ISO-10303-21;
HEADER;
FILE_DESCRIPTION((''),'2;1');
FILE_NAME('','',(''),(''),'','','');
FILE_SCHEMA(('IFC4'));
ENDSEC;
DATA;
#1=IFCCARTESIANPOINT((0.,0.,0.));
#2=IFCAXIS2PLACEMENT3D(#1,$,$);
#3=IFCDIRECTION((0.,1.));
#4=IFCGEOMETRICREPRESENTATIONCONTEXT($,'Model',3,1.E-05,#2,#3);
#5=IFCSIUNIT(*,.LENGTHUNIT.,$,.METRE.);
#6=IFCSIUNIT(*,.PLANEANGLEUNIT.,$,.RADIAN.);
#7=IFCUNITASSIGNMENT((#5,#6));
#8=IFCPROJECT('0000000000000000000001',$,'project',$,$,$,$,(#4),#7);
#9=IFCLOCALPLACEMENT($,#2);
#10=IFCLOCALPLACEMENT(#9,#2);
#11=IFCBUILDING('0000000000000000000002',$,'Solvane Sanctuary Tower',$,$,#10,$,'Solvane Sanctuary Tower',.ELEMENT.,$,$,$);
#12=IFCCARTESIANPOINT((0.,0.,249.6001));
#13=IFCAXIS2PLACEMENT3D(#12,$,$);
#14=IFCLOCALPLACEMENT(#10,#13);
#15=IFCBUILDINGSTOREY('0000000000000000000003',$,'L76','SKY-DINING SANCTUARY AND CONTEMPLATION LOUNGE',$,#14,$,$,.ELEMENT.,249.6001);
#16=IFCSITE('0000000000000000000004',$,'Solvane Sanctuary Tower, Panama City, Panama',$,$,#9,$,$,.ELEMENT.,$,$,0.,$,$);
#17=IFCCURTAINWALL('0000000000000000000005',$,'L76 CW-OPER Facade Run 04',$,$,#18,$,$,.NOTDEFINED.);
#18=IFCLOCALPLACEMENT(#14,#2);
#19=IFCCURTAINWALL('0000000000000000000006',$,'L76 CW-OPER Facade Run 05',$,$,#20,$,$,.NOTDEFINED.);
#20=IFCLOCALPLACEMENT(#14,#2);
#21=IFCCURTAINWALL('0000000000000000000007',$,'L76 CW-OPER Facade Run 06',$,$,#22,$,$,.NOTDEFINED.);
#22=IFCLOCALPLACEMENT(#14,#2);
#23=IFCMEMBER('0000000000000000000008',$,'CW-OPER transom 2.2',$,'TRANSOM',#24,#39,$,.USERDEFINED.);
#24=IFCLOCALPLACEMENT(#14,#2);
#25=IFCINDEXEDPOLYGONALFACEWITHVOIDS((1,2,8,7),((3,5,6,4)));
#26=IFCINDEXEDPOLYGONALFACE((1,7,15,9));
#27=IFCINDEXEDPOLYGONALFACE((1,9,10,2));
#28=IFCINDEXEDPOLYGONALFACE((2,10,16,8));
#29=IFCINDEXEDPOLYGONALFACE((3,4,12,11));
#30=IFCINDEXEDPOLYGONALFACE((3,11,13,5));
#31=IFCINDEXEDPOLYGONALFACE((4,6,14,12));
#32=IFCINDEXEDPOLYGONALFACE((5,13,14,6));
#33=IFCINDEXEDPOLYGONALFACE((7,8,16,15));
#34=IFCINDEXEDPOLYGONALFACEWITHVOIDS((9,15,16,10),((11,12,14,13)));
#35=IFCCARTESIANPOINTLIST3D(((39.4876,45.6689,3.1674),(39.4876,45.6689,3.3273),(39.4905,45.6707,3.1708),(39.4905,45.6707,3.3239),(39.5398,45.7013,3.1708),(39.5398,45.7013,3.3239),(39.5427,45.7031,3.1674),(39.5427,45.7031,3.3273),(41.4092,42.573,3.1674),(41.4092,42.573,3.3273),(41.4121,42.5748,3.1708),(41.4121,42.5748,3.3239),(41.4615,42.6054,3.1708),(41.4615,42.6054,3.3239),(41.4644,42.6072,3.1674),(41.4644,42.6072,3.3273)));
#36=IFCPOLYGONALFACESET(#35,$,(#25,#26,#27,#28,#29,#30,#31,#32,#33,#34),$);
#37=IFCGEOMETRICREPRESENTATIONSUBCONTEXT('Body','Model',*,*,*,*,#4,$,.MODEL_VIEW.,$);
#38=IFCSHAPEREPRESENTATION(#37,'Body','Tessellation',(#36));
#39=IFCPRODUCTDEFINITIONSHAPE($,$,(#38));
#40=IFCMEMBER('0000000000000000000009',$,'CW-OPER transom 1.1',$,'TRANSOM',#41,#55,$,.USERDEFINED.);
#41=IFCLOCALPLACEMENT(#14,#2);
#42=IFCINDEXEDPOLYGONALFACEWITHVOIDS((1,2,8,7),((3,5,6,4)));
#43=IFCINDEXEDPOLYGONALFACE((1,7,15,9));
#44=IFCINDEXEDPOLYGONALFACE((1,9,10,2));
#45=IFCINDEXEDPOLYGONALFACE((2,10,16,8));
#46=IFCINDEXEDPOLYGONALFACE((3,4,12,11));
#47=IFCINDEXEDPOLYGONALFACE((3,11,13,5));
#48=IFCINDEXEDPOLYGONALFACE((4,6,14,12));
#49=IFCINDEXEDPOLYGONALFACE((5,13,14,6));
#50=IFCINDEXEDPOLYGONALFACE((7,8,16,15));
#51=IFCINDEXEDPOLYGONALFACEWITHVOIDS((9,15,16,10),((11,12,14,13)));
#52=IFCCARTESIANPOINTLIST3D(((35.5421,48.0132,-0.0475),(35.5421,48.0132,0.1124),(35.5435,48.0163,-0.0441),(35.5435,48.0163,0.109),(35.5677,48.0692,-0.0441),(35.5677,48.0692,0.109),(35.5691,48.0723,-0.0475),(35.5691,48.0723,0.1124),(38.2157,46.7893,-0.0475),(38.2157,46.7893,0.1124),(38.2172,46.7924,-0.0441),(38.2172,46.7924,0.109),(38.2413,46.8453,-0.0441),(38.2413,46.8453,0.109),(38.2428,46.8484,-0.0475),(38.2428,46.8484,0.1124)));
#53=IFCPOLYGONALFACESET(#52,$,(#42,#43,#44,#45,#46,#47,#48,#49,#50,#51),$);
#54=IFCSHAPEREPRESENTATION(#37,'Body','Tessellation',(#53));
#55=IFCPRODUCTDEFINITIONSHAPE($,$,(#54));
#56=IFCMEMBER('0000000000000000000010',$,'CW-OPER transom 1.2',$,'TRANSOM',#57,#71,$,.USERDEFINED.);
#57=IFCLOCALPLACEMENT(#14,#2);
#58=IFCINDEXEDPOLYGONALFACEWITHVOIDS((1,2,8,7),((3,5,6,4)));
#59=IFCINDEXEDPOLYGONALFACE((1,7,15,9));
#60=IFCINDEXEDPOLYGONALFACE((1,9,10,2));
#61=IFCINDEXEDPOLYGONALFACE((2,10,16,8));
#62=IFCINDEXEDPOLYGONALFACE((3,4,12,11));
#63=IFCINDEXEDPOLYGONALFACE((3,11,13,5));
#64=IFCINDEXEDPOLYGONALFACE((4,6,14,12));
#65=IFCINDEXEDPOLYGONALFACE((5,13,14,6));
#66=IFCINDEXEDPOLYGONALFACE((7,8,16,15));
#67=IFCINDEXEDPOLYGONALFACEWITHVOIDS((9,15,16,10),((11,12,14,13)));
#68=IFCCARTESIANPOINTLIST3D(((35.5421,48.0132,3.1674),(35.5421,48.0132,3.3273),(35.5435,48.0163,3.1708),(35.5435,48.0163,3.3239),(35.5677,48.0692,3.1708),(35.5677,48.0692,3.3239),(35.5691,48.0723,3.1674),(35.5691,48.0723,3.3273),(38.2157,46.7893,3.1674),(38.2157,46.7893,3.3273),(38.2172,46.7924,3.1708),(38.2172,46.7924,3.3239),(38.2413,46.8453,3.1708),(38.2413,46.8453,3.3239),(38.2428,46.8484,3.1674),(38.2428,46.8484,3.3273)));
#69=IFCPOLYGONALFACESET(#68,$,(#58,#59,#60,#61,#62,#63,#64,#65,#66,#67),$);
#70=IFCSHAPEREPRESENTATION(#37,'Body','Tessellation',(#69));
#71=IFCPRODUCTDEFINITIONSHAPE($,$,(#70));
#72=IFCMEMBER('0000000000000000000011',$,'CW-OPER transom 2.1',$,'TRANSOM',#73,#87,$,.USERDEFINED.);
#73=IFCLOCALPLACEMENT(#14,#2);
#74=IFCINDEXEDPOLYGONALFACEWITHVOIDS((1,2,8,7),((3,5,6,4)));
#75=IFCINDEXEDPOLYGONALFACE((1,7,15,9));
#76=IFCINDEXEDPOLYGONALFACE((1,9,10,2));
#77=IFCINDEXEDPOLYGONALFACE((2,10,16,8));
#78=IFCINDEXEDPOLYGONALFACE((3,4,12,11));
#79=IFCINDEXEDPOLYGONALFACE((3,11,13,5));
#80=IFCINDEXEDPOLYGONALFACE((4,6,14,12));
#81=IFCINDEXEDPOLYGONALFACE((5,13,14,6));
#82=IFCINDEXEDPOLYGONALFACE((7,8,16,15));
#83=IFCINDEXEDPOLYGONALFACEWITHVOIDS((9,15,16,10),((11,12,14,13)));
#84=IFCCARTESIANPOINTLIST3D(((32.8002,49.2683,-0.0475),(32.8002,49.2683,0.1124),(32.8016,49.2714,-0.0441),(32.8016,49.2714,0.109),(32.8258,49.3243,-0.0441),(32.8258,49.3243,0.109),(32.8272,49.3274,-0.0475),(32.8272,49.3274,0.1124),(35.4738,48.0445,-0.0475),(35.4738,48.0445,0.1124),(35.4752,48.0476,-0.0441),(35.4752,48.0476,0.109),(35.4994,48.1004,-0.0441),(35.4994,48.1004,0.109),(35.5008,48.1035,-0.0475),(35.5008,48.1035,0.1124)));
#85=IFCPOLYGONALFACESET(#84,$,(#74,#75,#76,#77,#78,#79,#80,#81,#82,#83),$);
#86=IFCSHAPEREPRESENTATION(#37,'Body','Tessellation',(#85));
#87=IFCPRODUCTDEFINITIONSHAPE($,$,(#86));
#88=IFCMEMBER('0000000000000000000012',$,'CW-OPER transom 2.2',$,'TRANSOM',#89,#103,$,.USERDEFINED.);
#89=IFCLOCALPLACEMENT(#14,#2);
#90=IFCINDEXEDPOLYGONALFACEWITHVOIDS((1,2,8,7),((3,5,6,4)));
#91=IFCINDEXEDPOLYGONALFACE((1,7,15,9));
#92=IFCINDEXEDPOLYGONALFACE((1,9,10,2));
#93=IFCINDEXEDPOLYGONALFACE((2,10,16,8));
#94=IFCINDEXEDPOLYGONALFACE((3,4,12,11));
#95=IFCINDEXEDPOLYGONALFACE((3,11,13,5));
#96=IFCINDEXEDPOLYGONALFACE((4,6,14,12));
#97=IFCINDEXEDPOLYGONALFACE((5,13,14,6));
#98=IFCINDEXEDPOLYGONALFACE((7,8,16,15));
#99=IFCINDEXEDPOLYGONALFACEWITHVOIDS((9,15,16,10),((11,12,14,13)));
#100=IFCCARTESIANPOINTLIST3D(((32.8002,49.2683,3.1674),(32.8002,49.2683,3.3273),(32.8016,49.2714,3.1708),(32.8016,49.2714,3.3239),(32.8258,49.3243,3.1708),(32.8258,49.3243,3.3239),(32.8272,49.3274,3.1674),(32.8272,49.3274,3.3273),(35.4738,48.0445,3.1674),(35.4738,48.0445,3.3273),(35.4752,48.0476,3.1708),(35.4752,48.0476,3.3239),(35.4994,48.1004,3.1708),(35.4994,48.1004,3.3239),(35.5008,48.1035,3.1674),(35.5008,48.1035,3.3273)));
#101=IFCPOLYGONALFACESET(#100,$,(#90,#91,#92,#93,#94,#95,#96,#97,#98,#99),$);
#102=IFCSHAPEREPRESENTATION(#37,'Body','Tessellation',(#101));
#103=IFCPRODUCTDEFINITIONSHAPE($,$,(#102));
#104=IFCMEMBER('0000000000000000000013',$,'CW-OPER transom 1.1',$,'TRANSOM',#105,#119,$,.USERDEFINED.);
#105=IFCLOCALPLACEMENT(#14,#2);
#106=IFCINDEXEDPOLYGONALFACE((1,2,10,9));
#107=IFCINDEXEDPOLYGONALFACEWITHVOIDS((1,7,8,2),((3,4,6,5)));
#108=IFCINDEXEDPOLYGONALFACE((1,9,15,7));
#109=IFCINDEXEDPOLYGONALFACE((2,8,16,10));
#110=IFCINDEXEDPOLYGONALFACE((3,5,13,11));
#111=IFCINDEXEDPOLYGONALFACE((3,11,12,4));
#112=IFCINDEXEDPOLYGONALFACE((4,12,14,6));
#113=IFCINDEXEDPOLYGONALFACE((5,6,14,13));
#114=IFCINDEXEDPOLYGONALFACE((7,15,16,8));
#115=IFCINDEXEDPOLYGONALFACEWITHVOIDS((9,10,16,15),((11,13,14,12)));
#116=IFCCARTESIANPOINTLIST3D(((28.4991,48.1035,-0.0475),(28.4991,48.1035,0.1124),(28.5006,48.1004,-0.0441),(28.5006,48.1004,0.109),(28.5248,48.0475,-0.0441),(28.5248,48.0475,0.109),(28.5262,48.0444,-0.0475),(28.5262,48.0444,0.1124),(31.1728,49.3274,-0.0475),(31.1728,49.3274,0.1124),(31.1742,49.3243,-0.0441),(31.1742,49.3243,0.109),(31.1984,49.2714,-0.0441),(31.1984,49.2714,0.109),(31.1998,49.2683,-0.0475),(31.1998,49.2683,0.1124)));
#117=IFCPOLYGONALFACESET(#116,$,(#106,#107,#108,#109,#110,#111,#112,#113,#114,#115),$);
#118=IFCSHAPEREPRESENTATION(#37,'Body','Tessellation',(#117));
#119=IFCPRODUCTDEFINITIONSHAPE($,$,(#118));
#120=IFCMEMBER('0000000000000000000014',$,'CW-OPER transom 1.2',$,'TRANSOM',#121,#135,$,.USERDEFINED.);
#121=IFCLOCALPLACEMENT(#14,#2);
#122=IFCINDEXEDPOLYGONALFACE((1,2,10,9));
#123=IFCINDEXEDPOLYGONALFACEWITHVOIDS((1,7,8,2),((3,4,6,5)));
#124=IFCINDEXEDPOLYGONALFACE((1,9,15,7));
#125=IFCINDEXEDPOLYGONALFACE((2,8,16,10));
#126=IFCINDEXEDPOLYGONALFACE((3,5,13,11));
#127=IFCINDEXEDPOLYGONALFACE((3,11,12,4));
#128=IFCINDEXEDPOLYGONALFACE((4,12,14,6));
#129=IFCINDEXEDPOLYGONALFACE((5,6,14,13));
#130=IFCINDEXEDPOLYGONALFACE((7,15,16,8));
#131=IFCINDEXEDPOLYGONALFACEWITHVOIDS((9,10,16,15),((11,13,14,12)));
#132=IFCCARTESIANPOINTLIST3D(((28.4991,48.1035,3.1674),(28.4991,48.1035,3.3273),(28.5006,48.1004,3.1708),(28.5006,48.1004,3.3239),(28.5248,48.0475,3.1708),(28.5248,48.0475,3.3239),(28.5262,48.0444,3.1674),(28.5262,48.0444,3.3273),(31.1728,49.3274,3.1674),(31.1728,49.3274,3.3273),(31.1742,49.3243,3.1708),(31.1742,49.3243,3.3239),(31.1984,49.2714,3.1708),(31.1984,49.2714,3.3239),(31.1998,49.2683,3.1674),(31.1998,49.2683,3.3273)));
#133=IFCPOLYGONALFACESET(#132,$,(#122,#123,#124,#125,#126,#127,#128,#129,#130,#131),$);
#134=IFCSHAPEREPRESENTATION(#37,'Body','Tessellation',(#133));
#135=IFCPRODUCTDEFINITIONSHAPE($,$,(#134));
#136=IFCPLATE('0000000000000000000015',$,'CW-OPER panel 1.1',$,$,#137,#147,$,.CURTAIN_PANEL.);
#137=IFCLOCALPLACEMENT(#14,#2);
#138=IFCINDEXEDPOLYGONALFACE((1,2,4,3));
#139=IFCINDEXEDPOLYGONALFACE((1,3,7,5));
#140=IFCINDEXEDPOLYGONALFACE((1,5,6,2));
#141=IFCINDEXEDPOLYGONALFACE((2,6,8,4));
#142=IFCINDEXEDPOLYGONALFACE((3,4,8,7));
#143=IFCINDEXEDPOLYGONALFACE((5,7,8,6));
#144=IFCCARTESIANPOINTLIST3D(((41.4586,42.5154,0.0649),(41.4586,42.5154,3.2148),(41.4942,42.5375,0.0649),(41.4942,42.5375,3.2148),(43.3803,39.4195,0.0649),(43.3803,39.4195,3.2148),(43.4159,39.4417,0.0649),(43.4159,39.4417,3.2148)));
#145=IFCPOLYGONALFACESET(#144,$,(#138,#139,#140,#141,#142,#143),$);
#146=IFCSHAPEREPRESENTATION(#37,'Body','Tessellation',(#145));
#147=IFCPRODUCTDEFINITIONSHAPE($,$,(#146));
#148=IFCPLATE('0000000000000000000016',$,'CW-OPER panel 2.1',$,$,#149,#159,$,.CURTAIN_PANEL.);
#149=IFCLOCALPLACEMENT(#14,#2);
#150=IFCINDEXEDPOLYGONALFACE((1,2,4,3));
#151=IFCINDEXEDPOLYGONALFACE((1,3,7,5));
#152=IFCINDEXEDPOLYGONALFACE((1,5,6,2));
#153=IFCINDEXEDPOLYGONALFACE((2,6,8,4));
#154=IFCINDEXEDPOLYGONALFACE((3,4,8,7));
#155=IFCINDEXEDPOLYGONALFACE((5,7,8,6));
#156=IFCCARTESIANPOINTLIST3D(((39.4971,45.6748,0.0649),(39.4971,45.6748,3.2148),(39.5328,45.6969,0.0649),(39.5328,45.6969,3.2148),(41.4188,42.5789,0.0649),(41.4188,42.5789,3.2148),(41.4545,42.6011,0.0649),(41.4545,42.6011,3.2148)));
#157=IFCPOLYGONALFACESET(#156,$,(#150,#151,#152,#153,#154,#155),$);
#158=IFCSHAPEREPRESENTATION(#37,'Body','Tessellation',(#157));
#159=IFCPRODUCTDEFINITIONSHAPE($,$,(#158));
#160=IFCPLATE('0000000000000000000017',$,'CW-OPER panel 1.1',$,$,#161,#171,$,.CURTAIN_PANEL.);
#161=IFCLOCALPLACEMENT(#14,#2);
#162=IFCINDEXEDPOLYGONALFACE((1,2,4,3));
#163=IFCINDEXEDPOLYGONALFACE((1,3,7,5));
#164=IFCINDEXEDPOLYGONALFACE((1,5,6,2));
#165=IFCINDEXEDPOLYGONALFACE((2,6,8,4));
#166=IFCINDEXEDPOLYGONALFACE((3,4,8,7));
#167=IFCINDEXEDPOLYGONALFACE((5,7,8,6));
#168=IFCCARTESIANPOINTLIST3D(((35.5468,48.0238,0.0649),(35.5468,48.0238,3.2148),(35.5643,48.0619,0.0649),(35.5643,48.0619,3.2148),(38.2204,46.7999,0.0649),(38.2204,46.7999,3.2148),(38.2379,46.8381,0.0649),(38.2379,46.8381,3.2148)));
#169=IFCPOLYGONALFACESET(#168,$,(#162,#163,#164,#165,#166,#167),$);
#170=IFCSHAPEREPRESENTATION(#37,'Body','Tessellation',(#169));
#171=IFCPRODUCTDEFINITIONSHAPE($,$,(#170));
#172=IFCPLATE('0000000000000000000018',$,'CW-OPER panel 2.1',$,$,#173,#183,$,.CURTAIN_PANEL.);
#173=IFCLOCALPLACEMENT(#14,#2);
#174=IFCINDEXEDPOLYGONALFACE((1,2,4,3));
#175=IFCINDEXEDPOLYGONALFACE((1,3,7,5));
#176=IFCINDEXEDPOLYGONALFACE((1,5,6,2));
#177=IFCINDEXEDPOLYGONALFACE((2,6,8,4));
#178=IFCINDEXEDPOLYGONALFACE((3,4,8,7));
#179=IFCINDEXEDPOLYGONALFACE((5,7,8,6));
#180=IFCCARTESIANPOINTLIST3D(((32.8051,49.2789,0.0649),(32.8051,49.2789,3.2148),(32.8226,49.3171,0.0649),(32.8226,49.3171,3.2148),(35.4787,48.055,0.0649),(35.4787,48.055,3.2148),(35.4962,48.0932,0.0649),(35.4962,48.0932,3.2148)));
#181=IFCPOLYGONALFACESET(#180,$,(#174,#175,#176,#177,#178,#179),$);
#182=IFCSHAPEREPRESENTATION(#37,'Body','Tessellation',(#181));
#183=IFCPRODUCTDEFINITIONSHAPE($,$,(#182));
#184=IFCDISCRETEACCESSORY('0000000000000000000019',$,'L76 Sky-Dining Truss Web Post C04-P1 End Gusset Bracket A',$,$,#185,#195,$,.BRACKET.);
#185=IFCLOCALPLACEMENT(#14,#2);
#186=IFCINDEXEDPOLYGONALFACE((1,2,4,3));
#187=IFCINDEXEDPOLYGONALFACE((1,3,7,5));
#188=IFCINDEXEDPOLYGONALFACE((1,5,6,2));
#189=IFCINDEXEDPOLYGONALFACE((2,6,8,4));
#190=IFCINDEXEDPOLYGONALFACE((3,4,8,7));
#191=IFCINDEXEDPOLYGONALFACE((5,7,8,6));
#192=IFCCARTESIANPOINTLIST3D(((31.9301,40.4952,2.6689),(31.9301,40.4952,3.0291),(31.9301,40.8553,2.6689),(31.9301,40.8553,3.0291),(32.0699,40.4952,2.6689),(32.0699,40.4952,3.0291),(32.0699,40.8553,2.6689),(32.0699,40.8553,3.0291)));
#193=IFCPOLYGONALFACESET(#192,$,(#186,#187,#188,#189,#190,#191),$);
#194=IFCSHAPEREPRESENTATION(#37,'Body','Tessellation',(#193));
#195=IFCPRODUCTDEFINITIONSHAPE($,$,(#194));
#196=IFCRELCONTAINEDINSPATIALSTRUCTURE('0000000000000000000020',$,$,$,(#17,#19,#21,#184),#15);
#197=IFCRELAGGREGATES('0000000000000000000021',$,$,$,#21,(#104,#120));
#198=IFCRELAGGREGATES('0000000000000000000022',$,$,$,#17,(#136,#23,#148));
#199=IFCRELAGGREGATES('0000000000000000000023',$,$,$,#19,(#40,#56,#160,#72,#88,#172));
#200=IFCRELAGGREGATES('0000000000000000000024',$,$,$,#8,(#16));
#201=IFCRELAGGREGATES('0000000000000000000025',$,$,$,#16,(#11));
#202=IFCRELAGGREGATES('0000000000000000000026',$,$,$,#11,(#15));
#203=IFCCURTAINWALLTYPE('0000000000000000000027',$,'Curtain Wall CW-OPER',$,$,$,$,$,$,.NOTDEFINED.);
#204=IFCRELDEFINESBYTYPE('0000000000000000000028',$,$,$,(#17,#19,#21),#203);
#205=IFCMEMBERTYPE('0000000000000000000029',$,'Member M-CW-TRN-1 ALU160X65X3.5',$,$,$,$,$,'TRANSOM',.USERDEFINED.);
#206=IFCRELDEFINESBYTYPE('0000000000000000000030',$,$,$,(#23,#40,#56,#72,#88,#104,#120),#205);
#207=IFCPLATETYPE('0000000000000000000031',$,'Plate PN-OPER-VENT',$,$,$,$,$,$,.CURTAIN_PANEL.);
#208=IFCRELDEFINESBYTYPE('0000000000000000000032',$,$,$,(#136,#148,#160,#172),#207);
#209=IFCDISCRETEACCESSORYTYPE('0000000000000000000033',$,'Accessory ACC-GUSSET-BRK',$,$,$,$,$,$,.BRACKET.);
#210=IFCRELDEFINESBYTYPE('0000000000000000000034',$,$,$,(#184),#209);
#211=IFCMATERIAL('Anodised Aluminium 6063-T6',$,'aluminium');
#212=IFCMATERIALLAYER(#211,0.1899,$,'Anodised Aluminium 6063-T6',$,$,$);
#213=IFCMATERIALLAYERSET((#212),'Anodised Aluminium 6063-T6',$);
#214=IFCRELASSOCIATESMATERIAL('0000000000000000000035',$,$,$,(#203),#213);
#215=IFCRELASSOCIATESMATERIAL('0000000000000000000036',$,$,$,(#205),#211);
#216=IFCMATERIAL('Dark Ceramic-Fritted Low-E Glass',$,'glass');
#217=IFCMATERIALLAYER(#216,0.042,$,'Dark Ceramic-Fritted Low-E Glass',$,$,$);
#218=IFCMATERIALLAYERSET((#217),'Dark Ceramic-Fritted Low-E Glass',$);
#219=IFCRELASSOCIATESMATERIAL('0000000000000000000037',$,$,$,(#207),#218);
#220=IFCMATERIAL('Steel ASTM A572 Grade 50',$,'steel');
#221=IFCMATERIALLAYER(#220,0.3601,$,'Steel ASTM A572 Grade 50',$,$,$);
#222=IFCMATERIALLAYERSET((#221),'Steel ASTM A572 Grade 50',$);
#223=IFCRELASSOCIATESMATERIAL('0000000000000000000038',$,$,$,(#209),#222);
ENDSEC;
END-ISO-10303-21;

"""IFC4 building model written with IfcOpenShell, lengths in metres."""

from ifc_helpers import new_model, si_unit, direction, frame, origin, origin_2d, place, context, subcontext, project, spatial, rectangle, hollow_rectangle, extrude, material, layer, layer_set, material_profile, profile_set, type_object, element, aggregate, save


model = new_model("IFC4")

# Units and contexts
model_context = context("Model", 3, precision=1e-05, world=origin(), true_north=direction((0.0, 1.0)))
body_context = subcontext(model_context, "Body", "Model", "MODEL_VIEW")
ifc_project = project(units=[si_unit("LENGTHUNIT", "METRE"), si_unit("PLANEANGLEUNIT", "RADIAN")], contexts=[model_context])

# Site, building, storey
site_placement = place(None, origin())
site = spatial("IfcSite", under=ifc_project, at=site_placement, Name="Solvane Sanctuary Tower, Panama City, Panama", CompositionType="ELEMENT", RefElevation=0.0)
building_placement = place(site_placement, origin())
building = spatial("IfcBuilding", under=site, at=building_placement, Name="Solvane Sanctuary Tower", LongName="Solvane Sanctuary Tower", CompositionType="ELEMENT")
storey_placement = place(building_placement, frame((0.0, 0.0, 249.6001)))
storey = spatial("IfcBuildingStorey", under=building, at=storey_placement, Name="L76", Description="SKY-DINING SANCTUARY AND CONTEMPLATION LOUNGE", CompositionType="ELEMENT", Elevation=249.6001)

# Curtain walls
ifc_material_1 = material(Name="Anodised Aluminium 6063-T6", Category="aluminium")
ifc_layer_1 = layer(ifc_material_1, 0.1899, Name="Anodised Aluminium 6063-T6")
ifc_layer_set_1 = layer_set([ifc_layer_1], Name="Anodised Aluminium 6063-T6")
curtain_wall_type = type_object("IfcCurtainWallType", Name="Curtain Wall CW-OPER", PredefinedType="NOTDEFINED", material=ifc_layer_set_1)
curtain_wall_1_placement = place(storey_placement, origin())
curtain_wall_1 = element("IfcCurtainWall", 1, at=curtain_wall_1_placement, inside=storey, type_object=curtain_wall_type, Name="L76 CW-OPER Facade Run 04", PredefinedType="NOTDEFINED")
curtain_wall_2_placement = place(storey_placement, origin())
curtain_wall_2 = element("IfcCurtainWall", 2, at=curtain_wall_2_placement, inside=storey, type_object=curtain_wall_type, Name="L76 CW-OPER Facade Run 05", PredefinedType="NOTDEFINED")

# Curtain wall
curtain_wall_3_placement = place(storey_placement, origin())
curtain_wall_3 = element("IfcCurtainWall", 3, at=curtain_wall_3_placement, inside=storey, type_object=curtain_wall_type, Name="L76 CW-OPER Facade Run 06", PredefinedType="NOTDEFINED")

# Members
ifc_material_profile_1 = material_profile(ifc_material_1, hollow_rectangle(XDim=0.0649, YDim=0.1599, WallThickness=0.0034, at=origin_2d()), Name="ALU160X65X3.5")
ifc_profile_set_1 = profile_set([ifc_material_profile_1], Name="Anodised Aluminium 6063-T6")
member_type_1 = type_object("IfcMemberType", Name="Member M-CW-TRN-1 ALU160X65X3.5", ElementType="TRANSOM", PredefinedType="USERDEFINED", material=ifc_profile_set_1)
member_1_placement = place(storey_placement, frame((41.4368, 42.5901, 3.2473), z_axis=(-0.527365, 0.849639, 0.0), x_axis=(-0.849639, -0.527365, 0.0)))
member_1 = element("IfcMember", 4, at=member_1_placement, type_object=member_type_1, Name="CW-OPER transom 2.2", ObjectType="TRANSOM", PredefinedType="USERDEFINED", context=body_context, shape_type="SweptSolid", body=[
    extrude(hollow_rectangle(XDim=0.0649, YDim=0.1599, WallThickness=0.0034, at=origin_2d()), origin(), (0.0, 0.0, 1.0), 3.6438),
])
member_2_placement = place(storey_placement, frame((38.2292, 46.8188, 0.0325), z_axis=(-0.90926, 0.416229, 0.0), x_axis=(-0.416229, -0.90926, 0.0)))
member_2 = element("IfcMember", 5, at=member_2_placement, type_object=member_type_1, Name="CW-OPER transom 1.1", ObjectType="TRANSOM", PredefinedType="USERDEFINED", context=body_context, shape_type="SweptSolid", body=[
    extrude(hollow_rectangle(XDim=0.0649, YDim=0.1599, WallThickness=0.0034, at=origin_2d()), origin(), (0.0, 0.0, 1.0), 2.9404),
])
member_3_placement = place(storey_placement, frame((38.2292, 46.8188, 3.2473), z_axis=(-0.90926, 0.416229, 0.0), x_axis=(-0.416229, -0.90926, 0.0)))
member_3 = element("IfcMember", 6, at=member_3_placement, type_object=member_type_1, Name="CW-OPER transom 1.2", ObjectType="TRANSOM", PredefinedType="USERDEFINED", context=body_context, shape_type="SweptSolid", body=[
    extrude(hollow_rectangle(XDim=0.0649, YDim=0.1599, WallThickness=0.0034, at=origin_2d()), origin(), (0.0, 0.0, 1.0), 2.9404),
])
member_4_placement = place(storey_placement, frame((35.4873, 48.074, 0.0325), z_axis=(-0.90926, 0.416229, 0.0), x_axis=(-0.416229, -0.90926, 0.0)))
member_4 = element("IfcMember", 7, at=member_4_placement, type_object=member_type_1, Name="CW-OPER transom 2.1", ObjectType="TRANSOM", PredefinedType="USERDEFINED", context=body_context, shape_type="SweptSolid", body=[
    extrude(hollow_rectangle(XDim=0.0649, YDim=0.1599, WallThickness=0.0034, at=origin_2d()), origin(), (0.0, 0.0, 1.0), 2.9404),
])
member_5_placement = place(storey_placement, frame((35.4873, 48.074, 3.2473), z_axis=(-0.90926, 0.416229, 0.0), x_axis=(-0.416229, -0.90926, 0.0)))
member_5 = element("IfcMember", 8, at=member_5_placement, type_object=member_type_1, Name="CW-OPER transom 2.2", ObjectType="TRANSOM", PredefinedType="USERDEFINED", context=body_context, shape_type="SweptSolid", body=[
    extrude(hollow_rectangle(XDim=0.0649, YDim=0.1599, WallThickness=0.0034, at=origin_2d()), origin(), (0.0, 0.0, 1.0), 2.9404),
])
member_6_placement = place(storey_placement, frame((31.1863, 49.2979, 0.0325), z_axis=(-0.90926, -0.416229, 0.0), x_axis=(0.416229, -0.90926, 0.0)))
member_6 = element("IfcMember", 9, at=member_6_placement, type_object=member_type_1, Name="CW-OPER transom 1.1", ObjectType="TRANSOM", PredefinedType="USERDEFINED", context=body_context, shape_type="SweptSolid", body=[
    extrude(hollow_rectangle(XDim=0.0649, YDim=0.1599, WallThickness=0.0034, at=origin_2d()), origin(), (0.0, 0.0, 1.0), 2.9404),
])
member_7_placement = place(storey_placement, frame((31.1863, 49.2979, 3.2473), z_axis=(-0.90926, -0.416229, 0.0), x_axis=(0.416229, -0.90926, 0.0)))
member_7 = element("IfcMember", 10, at=member_7_placement, type_object=member_type_1, Name="CW-OPER transom 1.2", ObjectType="TRANSOM", PredefinedType="USERDEFINED", context=body_context, shape_type="SweptSolid", body=[
    extrude(hollow_rectangle(XDim=0.0649, YDim=0.1599, WallThickness=0.0034, at=origin_2d()), origin(), (0.0, 0.0, 1.0), 2.9404),
])
aggregate(curtain_wall_3, [member_6, member_7])

# Plates
ifc_material_2 = material(Name="Dark Ceramic-Fritted Low-E Glass", Category="glass")
ifc_layer_2 = layer(ifc_material_2, 0.042, Name="Dark Ceramic-Fritted Low-E Glass")
ifc_layer_set_2 = layer_set([ifc_layer_2], Name="Dark Ceramic-Fritted Low-E Glass")
plate_type = type_object("IfcPlateType", Name="Plate PN-OPER-VENT", PredefinedType="CURTAIN_PANEL", material=ifc_layer_set_2)
plate_1_placement = place(storey_placement, frame((42.4373, 40.9785, 0.0649), z_axis=(0.0, 0.0, 1.0), x_axis=(-0.527392, 0.849622, 0.0)))
plate_1 = element("IfcPlate", 11, at=plate_1_placement, type_object=plate_type, Name="CW-OPER panel 1.1", PredefinedType="CURTAIN_PANEL", context=body_context, shape_type="SweptSolid", body=[
    extrude(rectangle(XDim=3.6438, YDim=0.042, at=origin_2d()), origin(), (0.0, 0.0, 1.0), 3.1499),
])
plate_2_placement = place(storey_placement, frame((40.4758, 44.1379, 0.0649), z_axis=(0.0, 0.0, 1.0), x_axis=(-0.527392, 0.849622, 0.0)))
plate_2 = element("IfcPlate", 12, at=plate_2_placement, type_object=plate_type, Name="CW-OPER panel 2.1", PredefinedType="CURTAIN_PANEL", context=body_context, shape_type="SweptSolid", body=[
    extrude(rectangle(XDim=3.6438, YDim=0.042, at=origin_2d()), origin(), (0.0, 0.0, 1.0), 3.1499),
])
aggregate(curtain_wall_1, [plate_1, member_1, plate_2])
plate_3_placement = place(storey_placement, frame((36.8923, 47.4309, 0.0649), z_axis=(0.0, 0.0, 1.0), x_axis=(-0.909262, 0.416225, 0.0)))
plate_3 = element("IfcPlate", 13, at=plate_3_placement, type_object=plate_type, Name="CW-OPER panel 1.1", PredefinedType="CURTAIN_PANEL", context=body_context, shape_type="SweptSolid", body=[
    extrude(rectangle(XDim=2.9404, YDim=0.042, at=origin_2d()), origin(), (0.0, 0.0, 1.0), 3.1499),
])
plate_4_placement = place(storey_placement, frame((34.1506, 48.686, 0.0649), z_axis=(0.0, 0.0, 1.0), x_axis=(-0.909262, 0.416225, 0.0)))
plate_4 = element("IfcPlate", 14, at=plate_4_placement, type_object=plate_type, Name="CW-OPER panel 2.1", PredefinedType="CURTAIN_PANEL", context=body_context, shape_type="SweptSolid", body=[
    extrude(rectangle(XDim=2.9404, YDim=0.042, at=origin_2d()), origin(), (0.0, 0.0, 1.0), 3.1499),
])
aggregate(curtain_wall_2, [member_2, member_3, plate_3, member_4, member_5, plate_4])

# Discrete accessory
ifc_material_3 = material(Name="Steel ASTM A572 Grade 50", Category="steel")
ifc_layer_3 = layer(ifc_material_3, 0.3601, Name="Steel ASTM A572 Grade 50")
ifc_layer_set_3 = layer_set([ifc_layer_3], Name="Steel ASTM A572 Grade 50")
discrete_accessory_type = type_object("IfcDiscreteAccessoryType", Name="Accessory ACC-GUSSET-BRK", PredefinedType="BRACKET", material=ifc_layer_set_3)
for number, where, z_axis, x_axis, name in (
    (15, (32.0, 40.6753, 2.6689), (0.0, 0.0, 1.0), (0.0, 1.0, 0.0), "L76 Sky-Dining Truss Web Post C04-P1 End Gusset Bracket A"),
):
    element("IfcDiscreteAccessory", number, at=place(storey_placement, frame(where, z_axis=z_axis, x_axis=x_axis)), inside=storey, type_object=discrete_accessory_type, Name=name, PredefinedType="BRACKET", context=body_context, shape_type="SweptSolid", body=[
        extrude(rectangle(XDim=0.3601, YDim=0.1399, at=origin_2d()), origin(), (0.0, 0.0, 1.0), 0.3601),
    ])

save(model, "model.ifc")
